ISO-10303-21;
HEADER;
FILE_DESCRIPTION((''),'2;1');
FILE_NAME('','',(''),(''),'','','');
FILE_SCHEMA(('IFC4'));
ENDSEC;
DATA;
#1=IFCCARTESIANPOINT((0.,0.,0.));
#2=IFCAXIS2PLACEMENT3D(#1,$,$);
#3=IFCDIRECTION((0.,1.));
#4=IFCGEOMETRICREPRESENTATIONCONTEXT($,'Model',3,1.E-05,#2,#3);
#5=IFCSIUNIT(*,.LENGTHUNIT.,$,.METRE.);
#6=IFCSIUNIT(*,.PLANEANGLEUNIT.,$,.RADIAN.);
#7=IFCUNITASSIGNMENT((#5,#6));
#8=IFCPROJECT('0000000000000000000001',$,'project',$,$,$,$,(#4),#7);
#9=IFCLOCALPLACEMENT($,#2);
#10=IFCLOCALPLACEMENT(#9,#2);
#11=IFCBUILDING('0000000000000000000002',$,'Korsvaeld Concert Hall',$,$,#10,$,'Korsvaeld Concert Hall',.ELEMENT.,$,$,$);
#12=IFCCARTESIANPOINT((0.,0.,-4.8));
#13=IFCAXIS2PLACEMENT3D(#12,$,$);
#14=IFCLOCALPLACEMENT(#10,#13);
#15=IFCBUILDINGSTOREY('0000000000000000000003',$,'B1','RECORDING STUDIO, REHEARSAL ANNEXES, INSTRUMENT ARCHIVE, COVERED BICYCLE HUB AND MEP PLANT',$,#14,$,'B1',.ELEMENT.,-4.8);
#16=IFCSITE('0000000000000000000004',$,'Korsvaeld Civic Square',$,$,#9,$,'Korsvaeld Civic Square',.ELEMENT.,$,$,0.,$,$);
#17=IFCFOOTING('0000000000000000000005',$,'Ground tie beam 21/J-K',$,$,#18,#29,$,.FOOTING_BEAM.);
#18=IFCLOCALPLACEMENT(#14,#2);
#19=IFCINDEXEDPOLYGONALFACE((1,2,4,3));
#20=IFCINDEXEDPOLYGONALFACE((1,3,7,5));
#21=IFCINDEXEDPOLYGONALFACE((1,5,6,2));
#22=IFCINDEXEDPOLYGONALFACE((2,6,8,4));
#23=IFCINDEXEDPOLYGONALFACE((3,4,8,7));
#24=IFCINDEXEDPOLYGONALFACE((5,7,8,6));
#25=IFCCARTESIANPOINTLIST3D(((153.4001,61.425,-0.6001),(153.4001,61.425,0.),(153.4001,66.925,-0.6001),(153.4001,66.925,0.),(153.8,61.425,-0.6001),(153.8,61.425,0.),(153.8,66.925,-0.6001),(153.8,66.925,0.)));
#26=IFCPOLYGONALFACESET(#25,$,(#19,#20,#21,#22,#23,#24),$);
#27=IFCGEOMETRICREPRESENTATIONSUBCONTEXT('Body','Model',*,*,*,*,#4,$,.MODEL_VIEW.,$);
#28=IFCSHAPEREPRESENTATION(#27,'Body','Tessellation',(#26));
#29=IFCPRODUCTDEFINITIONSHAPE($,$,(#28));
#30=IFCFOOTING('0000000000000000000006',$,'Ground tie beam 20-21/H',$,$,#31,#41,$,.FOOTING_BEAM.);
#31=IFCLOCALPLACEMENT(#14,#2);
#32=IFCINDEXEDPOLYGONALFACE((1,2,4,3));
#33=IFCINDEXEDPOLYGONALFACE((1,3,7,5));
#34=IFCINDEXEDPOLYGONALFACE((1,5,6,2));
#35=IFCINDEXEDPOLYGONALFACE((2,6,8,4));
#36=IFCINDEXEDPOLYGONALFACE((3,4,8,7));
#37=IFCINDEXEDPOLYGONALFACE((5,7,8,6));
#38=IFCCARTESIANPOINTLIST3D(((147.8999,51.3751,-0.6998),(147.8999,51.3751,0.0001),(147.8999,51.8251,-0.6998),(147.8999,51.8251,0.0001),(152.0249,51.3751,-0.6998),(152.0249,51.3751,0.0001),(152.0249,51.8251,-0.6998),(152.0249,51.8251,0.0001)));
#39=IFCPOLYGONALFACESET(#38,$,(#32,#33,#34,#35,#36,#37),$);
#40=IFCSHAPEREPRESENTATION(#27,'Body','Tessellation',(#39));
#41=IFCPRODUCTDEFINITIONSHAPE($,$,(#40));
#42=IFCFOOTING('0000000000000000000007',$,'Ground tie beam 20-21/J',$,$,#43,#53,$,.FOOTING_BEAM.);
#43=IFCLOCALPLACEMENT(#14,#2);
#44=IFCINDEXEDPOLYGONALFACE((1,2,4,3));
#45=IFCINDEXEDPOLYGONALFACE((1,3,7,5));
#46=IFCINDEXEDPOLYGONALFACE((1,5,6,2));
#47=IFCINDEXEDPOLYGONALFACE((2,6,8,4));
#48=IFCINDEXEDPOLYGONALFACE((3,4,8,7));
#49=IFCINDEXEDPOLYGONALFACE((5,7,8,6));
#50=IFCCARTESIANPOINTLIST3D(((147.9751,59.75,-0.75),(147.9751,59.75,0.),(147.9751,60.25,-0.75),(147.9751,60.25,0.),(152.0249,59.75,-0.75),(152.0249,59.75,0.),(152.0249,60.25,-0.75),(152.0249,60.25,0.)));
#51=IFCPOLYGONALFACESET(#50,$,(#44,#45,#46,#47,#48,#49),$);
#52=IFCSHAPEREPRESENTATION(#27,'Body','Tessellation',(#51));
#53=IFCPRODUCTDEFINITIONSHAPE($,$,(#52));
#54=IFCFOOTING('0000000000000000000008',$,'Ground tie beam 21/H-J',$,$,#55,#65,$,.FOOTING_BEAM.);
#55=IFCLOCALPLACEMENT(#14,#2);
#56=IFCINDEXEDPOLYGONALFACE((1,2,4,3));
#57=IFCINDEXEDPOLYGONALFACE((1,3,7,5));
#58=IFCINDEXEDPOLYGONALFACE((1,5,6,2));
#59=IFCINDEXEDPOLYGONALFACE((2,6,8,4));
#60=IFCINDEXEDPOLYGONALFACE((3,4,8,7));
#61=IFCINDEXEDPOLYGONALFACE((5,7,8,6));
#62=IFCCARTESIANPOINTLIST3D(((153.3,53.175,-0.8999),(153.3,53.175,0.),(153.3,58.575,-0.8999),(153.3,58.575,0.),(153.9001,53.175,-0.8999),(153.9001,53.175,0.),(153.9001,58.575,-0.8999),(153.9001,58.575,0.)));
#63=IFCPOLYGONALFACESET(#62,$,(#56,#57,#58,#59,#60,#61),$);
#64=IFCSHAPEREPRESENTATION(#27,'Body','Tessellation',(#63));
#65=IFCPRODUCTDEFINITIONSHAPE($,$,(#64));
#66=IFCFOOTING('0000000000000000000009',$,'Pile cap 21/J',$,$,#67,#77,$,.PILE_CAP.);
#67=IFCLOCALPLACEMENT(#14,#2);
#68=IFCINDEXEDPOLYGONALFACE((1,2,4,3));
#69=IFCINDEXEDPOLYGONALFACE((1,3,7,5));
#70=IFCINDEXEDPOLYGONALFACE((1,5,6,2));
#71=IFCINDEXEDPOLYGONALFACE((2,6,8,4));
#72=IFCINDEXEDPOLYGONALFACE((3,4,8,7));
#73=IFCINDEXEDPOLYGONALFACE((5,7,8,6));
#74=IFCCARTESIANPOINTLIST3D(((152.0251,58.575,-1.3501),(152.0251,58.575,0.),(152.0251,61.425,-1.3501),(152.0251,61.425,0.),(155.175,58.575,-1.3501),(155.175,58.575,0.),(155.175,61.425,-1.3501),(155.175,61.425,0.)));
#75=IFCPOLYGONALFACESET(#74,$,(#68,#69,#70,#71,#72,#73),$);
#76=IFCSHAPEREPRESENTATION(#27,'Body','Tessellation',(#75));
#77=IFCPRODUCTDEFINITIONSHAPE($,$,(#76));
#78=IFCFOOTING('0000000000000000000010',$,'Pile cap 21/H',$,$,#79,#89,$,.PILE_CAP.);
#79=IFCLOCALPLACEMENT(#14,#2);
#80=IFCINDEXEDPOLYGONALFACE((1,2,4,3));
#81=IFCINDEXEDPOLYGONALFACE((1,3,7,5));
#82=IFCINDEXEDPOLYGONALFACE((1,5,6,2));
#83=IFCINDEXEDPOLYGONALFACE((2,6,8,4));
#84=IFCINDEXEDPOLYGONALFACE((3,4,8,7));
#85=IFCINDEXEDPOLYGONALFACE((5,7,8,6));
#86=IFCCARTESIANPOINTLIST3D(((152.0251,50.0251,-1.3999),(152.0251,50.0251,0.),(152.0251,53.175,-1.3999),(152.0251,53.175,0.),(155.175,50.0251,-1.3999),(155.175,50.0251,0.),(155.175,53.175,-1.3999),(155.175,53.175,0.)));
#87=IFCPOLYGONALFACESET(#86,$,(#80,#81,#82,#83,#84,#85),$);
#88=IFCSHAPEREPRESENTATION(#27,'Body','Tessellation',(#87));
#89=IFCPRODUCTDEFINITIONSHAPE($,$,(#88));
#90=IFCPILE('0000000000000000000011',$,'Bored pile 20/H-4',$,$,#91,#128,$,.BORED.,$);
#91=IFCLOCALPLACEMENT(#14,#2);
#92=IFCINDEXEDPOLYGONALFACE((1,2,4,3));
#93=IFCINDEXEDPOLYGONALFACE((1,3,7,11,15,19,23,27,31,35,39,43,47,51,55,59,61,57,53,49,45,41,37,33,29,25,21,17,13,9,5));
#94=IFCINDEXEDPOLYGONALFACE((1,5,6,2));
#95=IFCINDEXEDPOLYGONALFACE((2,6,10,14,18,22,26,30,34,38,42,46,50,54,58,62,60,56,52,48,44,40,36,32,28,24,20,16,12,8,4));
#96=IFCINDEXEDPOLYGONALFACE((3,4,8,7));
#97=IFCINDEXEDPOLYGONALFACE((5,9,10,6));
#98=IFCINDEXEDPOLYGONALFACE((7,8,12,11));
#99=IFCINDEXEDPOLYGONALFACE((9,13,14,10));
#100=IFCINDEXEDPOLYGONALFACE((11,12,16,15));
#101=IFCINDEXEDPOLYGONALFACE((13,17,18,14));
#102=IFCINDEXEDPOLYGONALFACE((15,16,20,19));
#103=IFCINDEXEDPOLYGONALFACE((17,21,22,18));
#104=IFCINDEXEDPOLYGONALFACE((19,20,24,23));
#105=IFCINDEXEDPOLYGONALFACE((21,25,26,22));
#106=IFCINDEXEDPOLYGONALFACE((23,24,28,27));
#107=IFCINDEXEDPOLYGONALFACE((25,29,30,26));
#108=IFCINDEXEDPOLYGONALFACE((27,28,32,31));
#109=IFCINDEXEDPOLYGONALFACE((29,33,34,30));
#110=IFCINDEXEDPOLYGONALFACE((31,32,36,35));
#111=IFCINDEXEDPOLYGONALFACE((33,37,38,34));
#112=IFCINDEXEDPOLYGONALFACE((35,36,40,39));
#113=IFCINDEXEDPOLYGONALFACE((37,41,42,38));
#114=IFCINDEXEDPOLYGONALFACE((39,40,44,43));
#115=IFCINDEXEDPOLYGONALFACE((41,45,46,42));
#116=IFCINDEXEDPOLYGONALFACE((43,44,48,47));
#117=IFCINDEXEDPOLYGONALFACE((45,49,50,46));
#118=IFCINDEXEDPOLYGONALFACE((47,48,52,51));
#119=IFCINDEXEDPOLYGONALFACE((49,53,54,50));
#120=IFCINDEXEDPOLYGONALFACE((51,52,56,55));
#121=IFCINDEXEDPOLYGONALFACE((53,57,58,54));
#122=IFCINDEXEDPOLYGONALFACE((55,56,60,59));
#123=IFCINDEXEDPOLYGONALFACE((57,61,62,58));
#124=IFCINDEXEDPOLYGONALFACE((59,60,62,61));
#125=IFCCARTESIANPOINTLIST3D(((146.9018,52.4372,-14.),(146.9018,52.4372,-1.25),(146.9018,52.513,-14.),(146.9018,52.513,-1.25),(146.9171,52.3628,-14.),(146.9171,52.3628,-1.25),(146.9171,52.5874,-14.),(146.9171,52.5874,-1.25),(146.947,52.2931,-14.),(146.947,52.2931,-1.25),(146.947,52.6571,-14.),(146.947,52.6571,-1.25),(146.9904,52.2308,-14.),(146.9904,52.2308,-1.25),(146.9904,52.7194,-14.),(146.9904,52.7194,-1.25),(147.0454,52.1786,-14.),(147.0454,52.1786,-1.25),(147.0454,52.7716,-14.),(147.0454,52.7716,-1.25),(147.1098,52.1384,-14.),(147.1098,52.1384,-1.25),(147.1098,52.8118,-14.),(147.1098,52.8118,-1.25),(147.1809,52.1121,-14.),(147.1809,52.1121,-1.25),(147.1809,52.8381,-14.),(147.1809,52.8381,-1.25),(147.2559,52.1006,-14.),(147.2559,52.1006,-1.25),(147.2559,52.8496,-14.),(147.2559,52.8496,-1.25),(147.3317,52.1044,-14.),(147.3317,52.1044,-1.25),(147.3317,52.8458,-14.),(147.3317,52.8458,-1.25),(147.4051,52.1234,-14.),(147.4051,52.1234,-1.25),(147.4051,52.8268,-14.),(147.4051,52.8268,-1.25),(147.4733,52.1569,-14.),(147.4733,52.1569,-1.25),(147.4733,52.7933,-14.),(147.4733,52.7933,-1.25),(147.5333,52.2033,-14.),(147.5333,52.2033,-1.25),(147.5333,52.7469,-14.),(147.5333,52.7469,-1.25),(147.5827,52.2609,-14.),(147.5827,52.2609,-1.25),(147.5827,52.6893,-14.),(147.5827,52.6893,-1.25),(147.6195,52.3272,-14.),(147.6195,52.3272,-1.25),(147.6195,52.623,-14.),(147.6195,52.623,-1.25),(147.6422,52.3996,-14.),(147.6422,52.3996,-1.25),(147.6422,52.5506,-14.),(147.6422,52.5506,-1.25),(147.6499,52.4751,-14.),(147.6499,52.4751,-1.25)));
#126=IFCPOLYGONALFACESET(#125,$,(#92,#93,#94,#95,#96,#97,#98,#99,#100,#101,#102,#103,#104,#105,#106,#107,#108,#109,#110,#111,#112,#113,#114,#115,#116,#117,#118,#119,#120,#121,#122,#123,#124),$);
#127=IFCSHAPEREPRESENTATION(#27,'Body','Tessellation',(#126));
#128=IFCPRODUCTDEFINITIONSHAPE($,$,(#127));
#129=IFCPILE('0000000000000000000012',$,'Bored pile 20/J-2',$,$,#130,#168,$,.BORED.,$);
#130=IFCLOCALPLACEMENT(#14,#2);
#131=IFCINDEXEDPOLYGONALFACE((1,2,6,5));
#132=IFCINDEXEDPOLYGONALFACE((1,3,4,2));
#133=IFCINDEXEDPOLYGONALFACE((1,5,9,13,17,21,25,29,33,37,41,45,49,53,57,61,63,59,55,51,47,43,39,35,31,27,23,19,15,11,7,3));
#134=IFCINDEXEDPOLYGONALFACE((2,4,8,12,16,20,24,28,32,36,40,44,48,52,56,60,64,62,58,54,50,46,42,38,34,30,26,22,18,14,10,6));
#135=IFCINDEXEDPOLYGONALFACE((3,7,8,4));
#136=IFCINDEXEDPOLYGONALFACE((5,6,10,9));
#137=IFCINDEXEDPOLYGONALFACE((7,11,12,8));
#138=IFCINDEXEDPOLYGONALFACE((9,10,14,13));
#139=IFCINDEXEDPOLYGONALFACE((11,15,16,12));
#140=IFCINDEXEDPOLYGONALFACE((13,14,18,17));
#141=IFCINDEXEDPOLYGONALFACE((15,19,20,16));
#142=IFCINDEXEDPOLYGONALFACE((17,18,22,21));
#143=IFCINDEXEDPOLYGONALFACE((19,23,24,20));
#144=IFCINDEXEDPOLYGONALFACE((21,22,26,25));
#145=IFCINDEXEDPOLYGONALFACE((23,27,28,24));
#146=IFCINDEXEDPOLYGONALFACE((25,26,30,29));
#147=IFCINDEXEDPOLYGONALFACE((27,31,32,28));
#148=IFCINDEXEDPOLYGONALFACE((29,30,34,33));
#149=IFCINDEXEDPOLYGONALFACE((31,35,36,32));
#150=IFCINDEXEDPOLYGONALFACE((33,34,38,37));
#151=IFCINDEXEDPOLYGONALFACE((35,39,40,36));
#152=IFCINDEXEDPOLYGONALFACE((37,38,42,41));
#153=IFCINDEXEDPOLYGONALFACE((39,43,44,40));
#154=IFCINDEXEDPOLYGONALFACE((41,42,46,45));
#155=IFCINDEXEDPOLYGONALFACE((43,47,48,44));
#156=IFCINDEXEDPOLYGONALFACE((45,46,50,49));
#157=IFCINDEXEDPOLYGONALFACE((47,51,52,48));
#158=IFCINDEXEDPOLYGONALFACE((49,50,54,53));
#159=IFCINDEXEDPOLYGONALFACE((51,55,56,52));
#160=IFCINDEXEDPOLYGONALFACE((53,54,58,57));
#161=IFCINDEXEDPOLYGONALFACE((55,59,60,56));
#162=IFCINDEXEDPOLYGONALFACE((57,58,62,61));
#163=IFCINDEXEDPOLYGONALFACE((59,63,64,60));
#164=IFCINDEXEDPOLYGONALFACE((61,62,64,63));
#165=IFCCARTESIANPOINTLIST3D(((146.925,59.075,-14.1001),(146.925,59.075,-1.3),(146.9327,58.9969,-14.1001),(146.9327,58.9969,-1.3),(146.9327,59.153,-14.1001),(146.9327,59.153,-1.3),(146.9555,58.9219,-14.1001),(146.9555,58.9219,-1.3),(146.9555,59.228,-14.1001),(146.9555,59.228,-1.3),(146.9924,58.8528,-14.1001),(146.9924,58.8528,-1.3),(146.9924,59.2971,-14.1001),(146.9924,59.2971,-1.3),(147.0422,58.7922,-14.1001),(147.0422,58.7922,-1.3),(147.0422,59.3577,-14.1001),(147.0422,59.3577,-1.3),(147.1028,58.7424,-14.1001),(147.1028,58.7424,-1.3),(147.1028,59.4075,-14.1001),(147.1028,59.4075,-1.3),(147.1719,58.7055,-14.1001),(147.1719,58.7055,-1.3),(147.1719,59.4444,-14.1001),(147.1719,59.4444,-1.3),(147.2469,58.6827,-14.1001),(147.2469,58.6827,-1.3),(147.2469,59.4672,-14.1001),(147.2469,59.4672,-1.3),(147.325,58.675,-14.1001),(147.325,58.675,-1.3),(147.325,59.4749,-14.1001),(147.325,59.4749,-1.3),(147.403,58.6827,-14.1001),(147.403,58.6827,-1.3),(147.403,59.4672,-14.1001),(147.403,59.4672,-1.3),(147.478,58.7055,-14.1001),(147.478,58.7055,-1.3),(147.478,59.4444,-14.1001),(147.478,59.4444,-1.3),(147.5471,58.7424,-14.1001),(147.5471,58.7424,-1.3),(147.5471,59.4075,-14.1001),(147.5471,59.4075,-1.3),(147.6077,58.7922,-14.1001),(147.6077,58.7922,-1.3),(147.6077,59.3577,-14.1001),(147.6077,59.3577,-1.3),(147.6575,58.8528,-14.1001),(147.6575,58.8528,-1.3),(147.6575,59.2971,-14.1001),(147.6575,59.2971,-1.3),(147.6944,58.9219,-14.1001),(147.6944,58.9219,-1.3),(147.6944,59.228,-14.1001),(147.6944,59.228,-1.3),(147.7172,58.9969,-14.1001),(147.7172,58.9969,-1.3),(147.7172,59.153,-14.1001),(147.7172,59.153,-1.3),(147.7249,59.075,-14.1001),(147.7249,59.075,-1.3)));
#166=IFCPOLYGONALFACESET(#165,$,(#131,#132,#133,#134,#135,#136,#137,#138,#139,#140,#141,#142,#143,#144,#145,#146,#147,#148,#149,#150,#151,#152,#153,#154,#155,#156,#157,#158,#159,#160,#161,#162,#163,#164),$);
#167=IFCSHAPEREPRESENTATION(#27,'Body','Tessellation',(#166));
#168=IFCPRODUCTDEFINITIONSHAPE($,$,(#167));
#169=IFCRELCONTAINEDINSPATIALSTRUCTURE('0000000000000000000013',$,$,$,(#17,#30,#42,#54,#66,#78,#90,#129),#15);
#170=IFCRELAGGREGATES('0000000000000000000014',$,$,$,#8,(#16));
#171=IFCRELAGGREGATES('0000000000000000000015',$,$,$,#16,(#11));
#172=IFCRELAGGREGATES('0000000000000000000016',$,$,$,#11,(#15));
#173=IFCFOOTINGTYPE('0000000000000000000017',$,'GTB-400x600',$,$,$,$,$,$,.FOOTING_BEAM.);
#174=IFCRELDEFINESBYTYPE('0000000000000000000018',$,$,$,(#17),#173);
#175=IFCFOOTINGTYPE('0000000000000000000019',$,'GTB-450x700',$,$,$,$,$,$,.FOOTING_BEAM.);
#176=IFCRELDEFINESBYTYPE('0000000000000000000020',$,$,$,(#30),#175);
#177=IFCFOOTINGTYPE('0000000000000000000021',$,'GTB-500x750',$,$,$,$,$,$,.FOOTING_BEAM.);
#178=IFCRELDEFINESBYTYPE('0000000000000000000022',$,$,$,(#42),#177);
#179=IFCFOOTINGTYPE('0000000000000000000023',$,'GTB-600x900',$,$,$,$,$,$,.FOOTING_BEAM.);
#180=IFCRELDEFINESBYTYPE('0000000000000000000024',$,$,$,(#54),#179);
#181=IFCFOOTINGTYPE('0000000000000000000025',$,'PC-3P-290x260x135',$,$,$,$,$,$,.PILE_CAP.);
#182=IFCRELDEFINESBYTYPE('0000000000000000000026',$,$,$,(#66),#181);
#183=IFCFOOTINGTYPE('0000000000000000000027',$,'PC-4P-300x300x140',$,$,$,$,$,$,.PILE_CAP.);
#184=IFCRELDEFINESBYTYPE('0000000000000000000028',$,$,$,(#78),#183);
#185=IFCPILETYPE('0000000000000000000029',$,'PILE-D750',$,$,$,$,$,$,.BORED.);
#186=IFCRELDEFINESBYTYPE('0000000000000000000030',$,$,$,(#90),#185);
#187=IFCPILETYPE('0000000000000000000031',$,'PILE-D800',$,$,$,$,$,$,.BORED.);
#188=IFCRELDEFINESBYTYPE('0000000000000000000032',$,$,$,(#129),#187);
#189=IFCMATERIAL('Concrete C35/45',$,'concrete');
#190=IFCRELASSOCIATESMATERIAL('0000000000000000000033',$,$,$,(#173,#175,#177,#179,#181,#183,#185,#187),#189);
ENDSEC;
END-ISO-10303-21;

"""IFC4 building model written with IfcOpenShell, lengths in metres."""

from ifc_helpers import new_model, si_unit, direction, frame, origin, origin_2d, place, context, subcontext, project, spatial, rectangle, circle, extrude, material, material_profile, profile_set, type_object, element, save


model = new_model("IFC4")

# Units and contexts
model_context = context("Model", 3, precision=1e-05, world=origin(), true_north=direction((0.0, 1.0)))
body_context = subcontext(model_context, "Body", "Model", "MODEL_VIEW")
ifc_project = project(units=[si_unit("LENGTHUNIT", "METRE"), si_unit("PLANEANGLEUNIT", "RADIAN")], contexts=[model_context])

# Site, building, storey
site_placement = place(None, origin())
site = spatial("IfcSite", under=ifc_project, at=site_placement, Name="Korsvaeld Civic Square", LongName="Korsvaeld Civic Square", CompositionType="ELEMENT", RefElevation=0.0)
building_placement = place(site_placement, origin())
building = spatial("IfcBuilding", under=site, at=building_placement, Name="Korsvaeld Concert Hall", LongName="Korsvaeld Concert Hall", CompositionType="ELEMENT")
storey_placement = place(building_placement, frame((0.0, 0.0, -4.8)))
storey = spatial("IfcBuildingStorey", under=building, at=storey_placement, Name="B1", Description="RECORDING STUDIO, REHEARSAL ANNEXES, INSTRUMENT ARCHIVE, COVERED BICYCLE HUB AND MEP PLANT", LongName="B1", CompositionType="ELEMENT", Elevation=-4.8)

# Footings
ifc_material_1 = material(Name="Concrete C35/45", Category="concrete")
ifc_material_profile_1 = material_profile(ifc_material_1, rectangle(XDim=0.3999, YDim=0.6001, at=origin_2d()), Name="GTB 400x600")
ifc_profile_set_1 = profile_set([ifc_material_profile_1], Name="Concrete C35/45")
footing_type_1 = type_object("IfcFootingType", Name="GTB-400x600", PredefinedType="FOOTING_BEAM", material=ifc_profile_set_1)
footing_1_placement = place(storey_placement, frame((153.6001, 61.425, -0.3), z_axis=(0.0, 1.0, 0.0), x_axis=(-1.0, 0.0, 0.0)))
element("IfcFooting", 1, at=footing_1_placement, inside=storey, type_object=footing_type_1, Name="Ground tie beam 21/J-K", PredefinedType="FOOTING_BEAM", context=body_context, shape_type="SweptSolid", body=[
    extrude(rectangle(XDim=0.3999, YDim=0.6001, at=origin_2d()), origin(), (0.0, 0.0, 1.0), 5.5),
])
ifc_material_profile_2 = material_profile(ifc_material_1, rectangle(XDim=0.45, YDim=0.7, at=origin_2d()), Name="GTB 450x700")
ifc_profile_set_2 = profile_set([ifc_material_profile_2], Name="Concrete C35/45")
footing_type_2 = type_object("IfcFootingType", Name="GTB-450x700", PredefinedType="FOOTING_BEAM", material=ifc_profile_set_2)
footing_2_placement = place(storey_placement, frame((147.8999, 51.6001, -0.3499), z_axis=(1.0, 0.0, 0.0), x_axis=(0.0, 1.0, 0.0)))
element("IfcFooting", 2, at=footing_2_placement, inside=storey, type_object=footing_type_2, Name="Ground tie beam 20-21/H", PredefinedType="FOOTING_BEAM", context=body_context, shape_type="SweptSolid", body=[
    extrude(rectangle(XDim=0.45, YDim=0.7, at=origin_2d()), origin(), (0.0, 0.0, 1.0), 4.125),
])
ifc_material_profile_3 = material_profile(ifc_material_1, rectangle(XDim=0.5, YDim=0.75, at=origin_2d()), Name="GTB 500x750")
ifc_profile_set_3 = profile_set([ifc_material_profile_3], Name="Concrete C35/45")
footing_type_3 = type_object("IfcFootingType", Name="GTB-500x750", PredefinedType="FOOTING_BEAM", material=ifc_profile_set_3)
footing_3_placement = place(storey_placement, frame((147.9751, 60.0, -0.375), z_axis=(1.0, 0.0, 0.0), x_axis=(0.0, 1.0, 0.0)))
element("IfcFooting", 3, at=footing_3_placement, inside=storey, type_object=footing_type_3, Name="Ground tie beam 20-21/J", PredefinedType="FOOTING_BEAM", context=body_context, shape_type="SweptSolid", body=[
    extrude(rectangle(XDim=0.5, YDim=0.75, at=origin_2d()), origin(), (0.0, 0.0, 1.0), 4.0498),
])
ifc_material_profile_4 = material_profile(ifc_material_1, rectangle(XDim=0.6001, YDim=0.8999, at=origin_2d()), Name="GTB 600x900")
ifc_profile_set_4 = profile_set([ifc_material_profile_4], Name="Concrete C35/45")
footing_type_4 = type_object("IfcFootingType", Name="GTB-600x900", PredefinedType="FOOTING_BEAM", material=ifc_profile_set_4)
footing_4_placement = place(storey_placement, frame((153.6001, 53.175, -0.45), z_axis=(0.0, 1.0, 0.0), x_axis=(-1.0, 0.0, 0.0)))
element("IfcFooting", 4, at=footing_4_placement, inside=storey, type_object=footing_type_4, Name="Ground tie beam 21/H-J", PredefinedType="FOOTING_BEAM", context=body_context, shape_type="SweptSolid", body=[
    extrude(rectangle(XDim=0.6001, YDim=0.8999, at=origin_2d()), origin(), (0.0, 0.0, 1.0), 5.3999),
])
footing_type_5 = type_object("IfcFootingType", Name="PC-3P-290x260x135", PredefinedType="PILE_CAP", material=ifc_material_1)
footing_5_placement = place(storey_placement, frame((153.6001, 60.0, -1.3501), z_axis=(0.0, 0.0, 1.0), x_axis=(1.0, 0.0, 0.0)))
element("IfcFooting", 5, at=footing_5_placement, inside=storey, type_object=footing_type_5, Name="Pile cap 21/J", PredefinedType="PILE_CAP", context=body_context, shape_type="SweptSolid", body=[
    extrude(rectangle(XDim=3.1499, YDim=2.8501, at=origin_2d()), origin(), (0.0, 0.0, 1.0), 1.3501),
])
footing_type_6 = type_object("IfcFootingType", Name="PC-4P-300x300x140", PredefinedType="PILE_CAP", material=ifc_material_1)
footing_6_placement = place(storey_placement, frame((153.6001, 51.6001, -1.3999), z_axis=(0.0, 0.0, 1.0), x_axis=(1.0, 0.0, 0.0)))
element("IfcFooting", 6, at=footing_6_placement, inside=storey, type_object=footing_type_6, Name="Pile cap 21/H", PredefinedType="PILE_CAP", context=body_context, shape_type="SweptSolid", body=[
    extrude(rectangle(XDim=3.1499, YDim=3.1499, at=origin_2d()), origin(), (0.0, 0.0, 1.0), 1.3999),
])

# Piles
ifc_material_profile_5 = material_profile(ifc_material_1, circle(Radius=0.375, at=origin_2d()), Name="BORED PILE D750")
ifc_profile_set_5 = profile_set([ifc_material_profile_5], Name="Concrete C35/45")
pile_type_1 = type_object("IfcPileType", Name="PILE-D750", PredefinedType="BORED", material=ifc_profile_set_5)
pile_1_placement = place(storey_placement, frame((147.2749, 52.4751, -1.25), z_axis=(0.0, 0.0, -1.0), x_axis=(1.0, 0.0, 0.0)))
element("IfcPile", 7, at=pile_1_placement, inside=storey, type_object=pile_type_1, Name="Bored pile 20/H-4", PredefinedType="BORED", context=body_context, shape_type="SweptSolid", body=[
    extrude(circle(Radius=0.375, at=origin_2d()), origin(), (0.0, 0.0, 1.0), 12.75),
])
ifc_material_profile_6 = material_profile(ifc_material_1, circle(Radius=0.3999, at=origin_2d()), Name="BORED PILE D800")
ifc_profile_set_6 = profile_set([ifc_material_profile_6], Name="Concrete C35/45")
pile_type_2 = type_object("IfcPileType", Name="PILE-D800", PredefinedType="BORED", material=ifc_profile_set_6)
for number, where, z_axis, x_axis, name in (
    (8, (147.325, 59.075, -1.3), (0.0, 0.0, -1.0), (1.0, 0.0, 0.0), "Bored pile 20/J-2"),
):
    element("IfcPile", number, at=place(storey_placement, frame(where, z_axis=z_axis, x_axis=x_axis)), inside=storey, type_object=pile_type_2, Name=name, PredefinedType="BORED", context=body_context, shape_type="SweptSolid", body=[
        extrude(circle(Radius=0.3999, at=origin_2d()), origin(), (0.0, 0.0, 1.0), 12.8),
    ])

save(model, "model.ifc")
